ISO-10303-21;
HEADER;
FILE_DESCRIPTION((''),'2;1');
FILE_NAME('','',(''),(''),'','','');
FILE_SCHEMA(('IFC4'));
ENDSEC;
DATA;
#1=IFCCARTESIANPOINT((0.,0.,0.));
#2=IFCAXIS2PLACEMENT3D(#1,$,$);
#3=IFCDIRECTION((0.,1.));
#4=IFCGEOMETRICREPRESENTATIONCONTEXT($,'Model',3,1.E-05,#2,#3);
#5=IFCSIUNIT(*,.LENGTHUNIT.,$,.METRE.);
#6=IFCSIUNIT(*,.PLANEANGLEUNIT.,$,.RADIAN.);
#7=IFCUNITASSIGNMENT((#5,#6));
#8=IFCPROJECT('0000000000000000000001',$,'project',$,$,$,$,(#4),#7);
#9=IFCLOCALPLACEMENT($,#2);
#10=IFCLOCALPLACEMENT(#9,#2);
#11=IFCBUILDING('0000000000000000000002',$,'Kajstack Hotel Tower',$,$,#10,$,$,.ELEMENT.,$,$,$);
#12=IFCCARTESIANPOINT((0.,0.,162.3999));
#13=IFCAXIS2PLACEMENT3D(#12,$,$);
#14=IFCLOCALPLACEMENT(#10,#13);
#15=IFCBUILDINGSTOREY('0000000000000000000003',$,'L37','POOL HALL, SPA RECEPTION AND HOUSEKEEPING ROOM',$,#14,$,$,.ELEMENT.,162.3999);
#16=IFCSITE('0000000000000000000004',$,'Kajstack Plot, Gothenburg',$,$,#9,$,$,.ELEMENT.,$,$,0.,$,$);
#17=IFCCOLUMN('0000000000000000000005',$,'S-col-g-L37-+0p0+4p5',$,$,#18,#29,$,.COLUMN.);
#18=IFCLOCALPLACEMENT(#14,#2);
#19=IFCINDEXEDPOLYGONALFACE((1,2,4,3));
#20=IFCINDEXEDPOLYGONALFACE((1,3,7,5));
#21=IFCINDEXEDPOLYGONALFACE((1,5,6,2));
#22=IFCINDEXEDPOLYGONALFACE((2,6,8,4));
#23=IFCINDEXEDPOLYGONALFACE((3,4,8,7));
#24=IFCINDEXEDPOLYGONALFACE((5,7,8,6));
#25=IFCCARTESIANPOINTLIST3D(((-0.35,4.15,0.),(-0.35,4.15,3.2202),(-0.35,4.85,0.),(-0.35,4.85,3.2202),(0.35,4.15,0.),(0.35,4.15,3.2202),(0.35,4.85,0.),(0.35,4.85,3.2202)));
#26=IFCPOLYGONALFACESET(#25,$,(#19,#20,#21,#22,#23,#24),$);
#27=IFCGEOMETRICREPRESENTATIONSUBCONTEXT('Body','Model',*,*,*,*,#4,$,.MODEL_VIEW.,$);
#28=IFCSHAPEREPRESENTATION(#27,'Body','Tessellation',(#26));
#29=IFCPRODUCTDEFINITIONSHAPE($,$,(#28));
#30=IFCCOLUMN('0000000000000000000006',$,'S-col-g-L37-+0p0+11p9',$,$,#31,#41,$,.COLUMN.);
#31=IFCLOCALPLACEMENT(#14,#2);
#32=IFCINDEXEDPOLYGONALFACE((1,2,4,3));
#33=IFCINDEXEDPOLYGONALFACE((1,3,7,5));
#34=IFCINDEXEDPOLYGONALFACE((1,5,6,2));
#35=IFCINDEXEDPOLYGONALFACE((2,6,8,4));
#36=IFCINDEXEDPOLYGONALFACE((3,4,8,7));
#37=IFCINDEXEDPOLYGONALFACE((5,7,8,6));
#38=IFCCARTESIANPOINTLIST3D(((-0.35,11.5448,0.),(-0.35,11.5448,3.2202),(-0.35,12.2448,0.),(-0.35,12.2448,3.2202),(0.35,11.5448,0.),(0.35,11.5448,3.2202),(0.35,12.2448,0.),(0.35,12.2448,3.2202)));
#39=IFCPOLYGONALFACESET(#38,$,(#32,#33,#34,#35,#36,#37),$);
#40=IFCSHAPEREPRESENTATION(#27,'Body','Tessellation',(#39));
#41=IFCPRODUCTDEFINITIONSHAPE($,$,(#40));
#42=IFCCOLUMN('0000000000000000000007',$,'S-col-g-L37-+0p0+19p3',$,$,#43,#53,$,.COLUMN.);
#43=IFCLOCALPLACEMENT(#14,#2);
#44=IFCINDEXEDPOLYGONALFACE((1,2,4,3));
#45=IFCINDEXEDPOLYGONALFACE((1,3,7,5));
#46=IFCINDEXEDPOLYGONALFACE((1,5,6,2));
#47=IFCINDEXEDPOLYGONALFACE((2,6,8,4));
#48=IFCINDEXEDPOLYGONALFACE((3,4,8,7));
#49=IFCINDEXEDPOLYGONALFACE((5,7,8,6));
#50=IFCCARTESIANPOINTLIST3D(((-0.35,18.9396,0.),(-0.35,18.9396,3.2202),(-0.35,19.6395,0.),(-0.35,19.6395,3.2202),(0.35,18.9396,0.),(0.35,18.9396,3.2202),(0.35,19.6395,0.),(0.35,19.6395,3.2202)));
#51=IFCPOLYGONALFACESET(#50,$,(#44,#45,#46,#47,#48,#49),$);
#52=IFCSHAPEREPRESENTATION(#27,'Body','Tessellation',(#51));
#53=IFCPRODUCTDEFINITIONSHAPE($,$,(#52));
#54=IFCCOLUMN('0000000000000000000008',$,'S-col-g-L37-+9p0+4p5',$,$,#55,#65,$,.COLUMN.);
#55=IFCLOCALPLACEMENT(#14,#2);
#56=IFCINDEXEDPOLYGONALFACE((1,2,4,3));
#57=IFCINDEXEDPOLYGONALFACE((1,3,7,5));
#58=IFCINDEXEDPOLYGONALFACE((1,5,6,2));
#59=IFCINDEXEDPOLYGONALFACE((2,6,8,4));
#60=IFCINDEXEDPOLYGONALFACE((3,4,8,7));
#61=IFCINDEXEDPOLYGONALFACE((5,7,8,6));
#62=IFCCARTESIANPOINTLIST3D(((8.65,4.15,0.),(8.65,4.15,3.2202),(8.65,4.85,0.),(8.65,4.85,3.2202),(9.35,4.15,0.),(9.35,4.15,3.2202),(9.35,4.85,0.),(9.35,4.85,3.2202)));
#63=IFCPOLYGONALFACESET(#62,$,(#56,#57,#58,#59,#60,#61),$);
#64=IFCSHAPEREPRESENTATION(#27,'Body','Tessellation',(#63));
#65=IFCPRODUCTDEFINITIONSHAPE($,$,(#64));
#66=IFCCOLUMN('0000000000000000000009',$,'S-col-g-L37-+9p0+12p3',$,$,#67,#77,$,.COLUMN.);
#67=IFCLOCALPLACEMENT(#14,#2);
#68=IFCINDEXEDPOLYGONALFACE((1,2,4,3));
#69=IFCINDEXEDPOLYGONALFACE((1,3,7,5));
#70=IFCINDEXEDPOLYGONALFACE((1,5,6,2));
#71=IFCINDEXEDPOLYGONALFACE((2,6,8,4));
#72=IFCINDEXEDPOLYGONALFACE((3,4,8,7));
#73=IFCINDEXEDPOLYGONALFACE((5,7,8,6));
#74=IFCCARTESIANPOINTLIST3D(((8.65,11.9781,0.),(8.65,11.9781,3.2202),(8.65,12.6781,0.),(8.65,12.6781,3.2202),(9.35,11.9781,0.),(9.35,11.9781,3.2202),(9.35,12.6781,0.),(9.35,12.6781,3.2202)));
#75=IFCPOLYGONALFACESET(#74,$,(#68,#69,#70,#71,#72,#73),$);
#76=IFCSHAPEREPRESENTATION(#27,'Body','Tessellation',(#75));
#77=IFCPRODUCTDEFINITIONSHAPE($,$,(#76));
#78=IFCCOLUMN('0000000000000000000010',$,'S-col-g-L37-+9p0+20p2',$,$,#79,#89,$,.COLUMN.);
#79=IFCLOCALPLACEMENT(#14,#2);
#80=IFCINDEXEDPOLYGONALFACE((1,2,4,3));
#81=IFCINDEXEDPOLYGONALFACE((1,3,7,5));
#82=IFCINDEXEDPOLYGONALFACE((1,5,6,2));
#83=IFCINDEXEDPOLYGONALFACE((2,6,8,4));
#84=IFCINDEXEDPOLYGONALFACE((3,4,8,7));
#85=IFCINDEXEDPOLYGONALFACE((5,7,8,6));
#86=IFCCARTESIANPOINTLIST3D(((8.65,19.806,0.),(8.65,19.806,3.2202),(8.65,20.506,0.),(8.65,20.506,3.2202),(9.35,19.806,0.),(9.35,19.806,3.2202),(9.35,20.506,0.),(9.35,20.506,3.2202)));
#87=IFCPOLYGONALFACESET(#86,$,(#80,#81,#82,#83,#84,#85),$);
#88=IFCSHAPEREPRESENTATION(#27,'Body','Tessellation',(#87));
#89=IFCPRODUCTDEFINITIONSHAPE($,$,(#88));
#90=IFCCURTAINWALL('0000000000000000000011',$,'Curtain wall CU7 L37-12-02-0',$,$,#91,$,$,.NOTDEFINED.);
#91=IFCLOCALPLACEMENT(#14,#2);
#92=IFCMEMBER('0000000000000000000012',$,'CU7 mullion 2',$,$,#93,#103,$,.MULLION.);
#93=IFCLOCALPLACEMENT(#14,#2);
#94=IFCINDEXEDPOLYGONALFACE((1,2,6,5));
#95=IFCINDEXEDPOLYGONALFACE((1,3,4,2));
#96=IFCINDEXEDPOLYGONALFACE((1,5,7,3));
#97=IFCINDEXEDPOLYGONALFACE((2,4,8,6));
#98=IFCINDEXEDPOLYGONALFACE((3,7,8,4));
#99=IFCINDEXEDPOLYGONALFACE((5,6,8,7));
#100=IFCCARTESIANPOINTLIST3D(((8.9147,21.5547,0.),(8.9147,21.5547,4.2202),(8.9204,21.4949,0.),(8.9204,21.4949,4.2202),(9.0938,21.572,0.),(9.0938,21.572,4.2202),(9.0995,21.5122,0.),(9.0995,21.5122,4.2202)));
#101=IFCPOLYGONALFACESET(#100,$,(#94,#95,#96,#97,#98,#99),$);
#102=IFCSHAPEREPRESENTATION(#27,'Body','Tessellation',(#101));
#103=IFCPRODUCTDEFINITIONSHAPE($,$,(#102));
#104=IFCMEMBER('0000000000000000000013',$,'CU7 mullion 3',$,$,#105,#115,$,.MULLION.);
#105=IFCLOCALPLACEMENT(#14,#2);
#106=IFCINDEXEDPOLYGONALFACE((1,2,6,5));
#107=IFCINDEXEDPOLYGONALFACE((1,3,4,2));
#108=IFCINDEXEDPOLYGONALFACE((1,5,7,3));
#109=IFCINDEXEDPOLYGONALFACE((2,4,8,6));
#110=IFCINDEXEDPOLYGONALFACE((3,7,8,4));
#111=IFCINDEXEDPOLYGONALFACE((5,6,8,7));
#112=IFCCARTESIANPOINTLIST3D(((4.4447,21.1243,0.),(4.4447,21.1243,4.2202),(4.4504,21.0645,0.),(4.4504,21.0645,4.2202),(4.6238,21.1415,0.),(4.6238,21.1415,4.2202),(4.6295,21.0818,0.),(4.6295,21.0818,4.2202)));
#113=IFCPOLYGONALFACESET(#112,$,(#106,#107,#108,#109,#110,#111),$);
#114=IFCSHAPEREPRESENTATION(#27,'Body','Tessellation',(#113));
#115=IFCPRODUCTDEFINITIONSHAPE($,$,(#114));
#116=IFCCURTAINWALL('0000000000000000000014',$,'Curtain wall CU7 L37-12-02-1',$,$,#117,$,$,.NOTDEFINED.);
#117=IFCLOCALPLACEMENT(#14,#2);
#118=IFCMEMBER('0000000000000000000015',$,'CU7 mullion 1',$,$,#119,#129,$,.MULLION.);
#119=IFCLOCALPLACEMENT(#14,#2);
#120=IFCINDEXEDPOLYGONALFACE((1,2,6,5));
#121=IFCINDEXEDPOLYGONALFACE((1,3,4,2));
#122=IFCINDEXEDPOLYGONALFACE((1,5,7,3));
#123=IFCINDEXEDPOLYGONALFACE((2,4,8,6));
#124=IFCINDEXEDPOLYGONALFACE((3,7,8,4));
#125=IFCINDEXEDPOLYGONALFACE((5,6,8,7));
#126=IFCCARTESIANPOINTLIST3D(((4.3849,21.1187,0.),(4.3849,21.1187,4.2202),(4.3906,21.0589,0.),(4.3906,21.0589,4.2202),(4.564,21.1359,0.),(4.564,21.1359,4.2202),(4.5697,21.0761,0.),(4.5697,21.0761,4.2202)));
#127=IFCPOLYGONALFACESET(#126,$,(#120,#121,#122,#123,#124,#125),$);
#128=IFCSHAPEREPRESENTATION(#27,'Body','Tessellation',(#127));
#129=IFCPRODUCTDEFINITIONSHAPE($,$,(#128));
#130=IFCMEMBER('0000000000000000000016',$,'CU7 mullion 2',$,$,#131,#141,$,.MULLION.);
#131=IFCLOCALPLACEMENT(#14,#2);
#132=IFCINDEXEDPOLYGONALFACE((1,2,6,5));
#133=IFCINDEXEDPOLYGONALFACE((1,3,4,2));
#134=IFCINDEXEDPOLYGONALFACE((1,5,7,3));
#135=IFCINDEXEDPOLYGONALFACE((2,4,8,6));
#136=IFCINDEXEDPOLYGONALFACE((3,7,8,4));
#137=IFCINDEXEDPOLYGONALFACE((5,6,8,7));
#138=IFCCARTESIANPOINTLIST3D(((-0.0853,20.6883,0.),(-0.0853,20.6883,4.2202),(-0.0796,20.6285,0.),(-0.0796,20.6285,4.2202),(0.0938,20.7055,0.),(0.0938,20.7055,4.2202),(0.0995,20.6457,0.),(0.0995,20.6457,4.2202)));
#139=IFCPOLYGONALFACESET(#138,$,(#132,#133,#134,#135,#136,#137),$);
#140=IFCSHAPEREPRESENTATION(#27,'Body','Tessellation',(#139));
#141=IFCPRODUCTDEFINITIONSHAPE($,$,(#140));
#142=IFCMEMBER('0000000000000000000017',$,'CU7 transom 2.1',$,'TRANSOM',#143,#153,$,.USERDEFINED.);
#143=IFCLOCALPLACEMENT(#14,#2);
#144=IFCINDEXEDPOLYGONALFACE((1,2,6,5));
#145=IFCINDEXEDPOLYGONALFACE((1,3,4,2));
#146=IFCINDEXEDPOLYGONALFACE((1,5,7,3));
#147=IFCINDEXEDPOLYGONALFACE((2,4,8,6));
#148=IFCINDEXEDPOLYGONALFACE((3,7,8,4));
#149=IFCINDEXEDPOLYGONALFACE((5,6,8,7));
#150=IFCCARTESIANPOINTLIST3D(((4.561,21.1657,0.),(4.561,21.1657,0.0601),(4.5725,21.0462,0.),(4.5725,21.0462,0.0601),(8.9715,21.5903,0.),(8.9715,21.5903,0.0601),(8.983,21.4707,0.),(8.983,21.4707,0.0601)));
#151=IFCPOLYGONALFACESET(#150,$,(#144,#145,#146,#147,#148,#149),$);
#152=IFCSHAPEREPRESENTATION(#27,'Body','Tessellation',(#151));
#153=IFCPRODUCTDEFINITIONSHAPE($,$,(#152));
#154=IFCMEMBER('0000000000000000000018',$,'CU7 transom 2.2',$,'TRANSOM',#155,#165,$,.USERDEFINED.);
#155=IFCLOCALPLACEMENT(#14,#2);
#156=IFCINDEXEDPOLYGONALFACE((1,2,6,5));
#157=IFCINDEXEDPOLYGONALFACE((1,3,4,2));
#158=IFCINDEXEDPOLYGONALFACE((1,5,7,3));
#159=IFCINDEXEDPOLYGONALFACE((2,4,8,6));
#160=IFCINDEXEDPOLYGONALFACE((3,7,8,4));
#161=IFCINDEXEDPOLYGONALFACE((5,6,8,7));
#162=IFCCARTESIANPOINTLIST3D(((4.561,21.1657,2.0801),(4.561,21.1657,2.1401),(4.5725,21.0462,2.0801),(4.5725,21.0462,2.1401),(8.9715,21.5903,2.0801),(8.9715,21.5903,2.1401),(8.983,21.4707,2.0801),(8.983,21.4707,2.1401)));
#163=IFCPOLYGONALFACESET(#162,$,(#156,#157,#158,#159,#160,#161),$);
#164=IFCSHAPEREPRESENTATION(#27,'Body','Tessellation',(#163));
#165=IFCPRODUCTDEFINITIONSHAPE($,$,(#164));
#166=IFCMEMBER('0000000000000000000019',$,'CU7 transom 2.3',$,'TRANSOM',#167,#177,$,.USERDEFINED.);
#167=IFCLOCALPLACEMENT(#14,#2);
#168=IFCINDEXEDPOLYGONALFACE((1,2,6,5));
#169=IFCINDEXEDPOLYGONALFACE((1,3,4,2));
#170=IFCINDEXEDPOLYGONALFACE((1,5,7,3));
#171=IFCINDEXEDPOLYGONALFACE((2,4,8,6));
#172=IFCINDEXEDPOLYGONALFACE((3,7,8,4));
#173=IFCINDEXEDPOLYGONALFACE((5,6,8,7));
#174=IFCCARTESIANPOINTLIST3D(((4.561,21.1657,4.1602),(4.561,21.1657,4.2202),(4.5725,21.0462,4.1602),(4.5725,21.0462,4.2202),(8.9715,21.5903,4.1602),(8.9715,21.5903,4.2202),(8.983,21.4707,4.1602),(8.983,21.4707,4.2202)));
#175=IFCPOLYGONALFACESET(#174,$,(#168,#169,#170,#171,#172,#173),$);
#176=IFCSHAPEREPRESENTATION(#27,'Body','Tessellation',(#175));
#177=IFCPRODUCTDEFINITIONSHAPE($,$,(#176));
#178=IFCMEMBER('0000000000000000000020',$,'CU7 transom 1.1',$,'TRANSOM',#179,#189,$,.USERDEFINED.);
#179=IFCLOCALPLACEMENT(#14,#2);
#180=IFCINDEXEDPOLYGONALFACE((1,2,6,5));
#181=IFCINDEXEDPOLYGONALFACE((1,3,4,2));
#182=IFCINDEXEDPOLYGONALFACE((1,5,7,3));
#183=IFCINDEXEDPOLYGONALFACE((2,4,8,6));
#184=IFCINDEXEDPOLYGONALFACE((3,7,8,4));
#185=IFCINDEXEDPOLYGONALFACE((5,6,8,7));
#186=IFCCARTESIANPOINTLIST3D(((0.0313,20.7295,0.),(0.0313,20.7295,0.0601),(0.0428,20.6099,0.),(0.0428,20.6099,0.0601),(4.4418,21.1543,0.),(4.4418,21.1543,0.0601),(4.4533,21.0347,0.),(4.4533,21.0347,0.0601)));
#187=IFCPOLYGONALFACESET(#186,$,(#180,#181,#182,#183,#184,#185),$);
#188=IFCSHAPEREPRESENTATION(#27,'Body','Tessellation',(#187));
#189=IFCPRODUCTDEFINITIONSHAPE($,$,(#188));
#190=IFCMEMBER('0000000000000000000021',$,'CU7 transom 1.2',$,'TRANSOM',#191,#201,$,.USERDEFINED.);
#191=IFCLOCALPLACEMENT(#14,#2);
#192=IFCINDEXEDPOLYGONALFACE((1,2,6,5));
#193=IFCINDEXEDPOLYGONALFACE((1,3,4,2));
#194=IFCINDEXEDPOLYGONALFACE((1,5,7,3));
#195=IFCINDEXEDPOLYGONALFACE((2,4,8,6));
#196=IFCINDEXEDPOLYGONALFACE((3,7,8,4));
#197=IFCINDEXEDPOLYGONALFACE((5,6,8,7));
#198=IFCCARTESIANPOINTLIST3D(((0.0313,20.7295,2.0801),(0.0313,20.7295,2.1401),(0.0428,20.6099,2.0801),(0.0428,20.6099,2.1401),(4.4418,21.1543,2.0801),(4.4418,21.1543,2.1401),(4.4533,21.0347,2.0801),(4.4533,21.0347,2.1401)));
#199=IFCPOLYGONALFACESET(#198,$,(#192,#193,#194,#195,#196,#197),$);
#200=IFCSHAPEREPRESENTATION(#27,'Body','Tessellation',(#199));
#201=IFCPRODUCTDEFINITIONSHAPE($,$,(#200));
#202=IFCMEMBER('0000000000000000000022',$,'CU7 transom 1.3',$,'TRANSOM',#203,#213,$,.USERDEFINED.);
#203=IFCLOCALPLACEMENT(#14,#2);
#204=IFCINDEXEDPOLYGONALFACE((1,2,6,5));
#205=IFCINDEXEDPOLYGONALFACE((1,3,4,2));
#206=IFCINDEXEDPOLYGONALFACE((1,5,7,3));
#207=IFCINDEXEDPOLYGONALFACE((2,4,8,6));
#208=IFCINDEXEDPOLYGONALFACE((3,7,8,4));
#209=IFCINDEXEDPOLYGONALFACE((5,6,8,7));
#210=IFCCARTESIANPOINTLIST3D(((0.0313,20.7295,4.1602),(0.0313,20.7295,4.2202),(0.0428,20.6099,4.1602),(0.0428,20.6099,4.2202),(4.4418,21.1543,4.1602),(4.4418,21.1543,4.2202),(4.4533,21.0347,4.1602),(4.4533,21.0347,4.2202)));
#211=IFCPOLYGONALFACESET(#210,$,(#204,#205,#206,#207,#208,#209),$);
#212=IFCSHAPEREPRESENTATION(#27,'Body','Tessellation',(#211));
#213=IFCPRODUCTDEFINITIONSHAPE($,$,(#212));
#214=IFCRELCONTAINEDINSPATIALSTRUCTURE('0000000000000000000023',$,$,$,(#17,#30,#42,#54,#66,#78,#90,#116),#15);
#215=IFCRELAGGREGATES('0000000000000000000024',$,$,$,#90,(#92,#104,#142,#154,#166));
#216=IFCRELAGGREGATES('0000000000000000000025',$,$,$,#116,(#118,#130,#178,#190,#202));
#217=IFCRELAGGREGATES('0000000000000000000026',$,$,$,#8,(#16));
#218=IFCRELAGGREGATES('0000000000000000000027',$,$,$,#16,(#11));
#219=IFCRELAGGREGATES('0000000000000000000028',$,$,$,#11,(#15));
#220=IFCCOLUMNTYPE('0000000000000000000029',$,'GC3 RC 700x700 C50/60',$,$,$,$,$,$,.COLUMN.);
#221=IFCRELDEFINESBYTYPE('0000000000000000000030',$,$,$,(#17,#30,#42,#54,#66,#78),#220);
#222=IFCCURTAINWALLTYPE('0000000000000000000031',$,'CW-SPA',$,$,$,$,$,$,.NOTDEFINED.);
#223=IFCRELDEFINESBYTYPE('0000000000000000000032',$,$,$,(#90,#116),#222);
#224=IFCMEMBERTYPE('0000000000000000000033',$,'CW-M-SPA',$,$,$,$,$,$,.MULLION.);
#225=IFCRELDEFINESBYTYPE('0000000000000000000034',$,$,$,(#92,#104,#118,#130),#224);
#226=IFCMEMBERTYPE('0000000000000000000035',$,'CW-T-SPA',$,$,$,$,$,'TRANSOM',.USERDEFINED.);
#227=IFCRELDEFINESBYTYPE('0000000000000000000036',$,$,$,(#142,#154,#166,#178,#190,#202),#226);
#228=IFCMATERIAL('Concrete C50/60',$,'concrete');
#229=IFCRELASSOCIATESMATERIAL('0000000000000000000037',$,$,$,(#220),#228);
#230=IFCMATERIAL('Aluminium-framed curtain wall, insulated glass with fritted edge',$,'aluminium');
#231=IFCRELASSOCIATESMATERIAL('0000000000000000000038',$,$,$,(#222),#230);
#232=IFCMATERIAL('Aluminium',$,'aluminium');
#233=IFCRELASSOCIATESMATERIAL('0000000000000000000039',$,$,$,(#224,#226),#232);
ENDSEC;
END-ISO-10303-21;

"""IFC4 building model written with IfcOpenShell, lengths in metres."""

from ifc_helpers import new_model, si_unit, direction, frame, origin, origin_2d, place, context, subcontext, project, spatial, rectangle, extrude, material, material_profile, profile_set, type_object, element, aggregate, save


model = new_model("IFC4")

# Units and contexts
model_context = context("Model", 3, precision=1e-05, world=origin(), true_north=direction((0.0, 1.0)))
body_context = subcontext(model_context, "Body", "Model", "MODEL_VIEW")
ifc_project = project(units=[si_unit("LENGTHUNIT", "METRE"), si_unit("PLANEANGLEUNIT", "RADIAN")], contexts=[model_context])

# Site, building, storey
site_placement = place(None, origin())
site = spatial("IfcSite", under=ifc_project, at=site_placement, Name="Kajstack Plot, Gothenburg", CompositionType="ELEMENT", RefElevation=0.0)
building_placement = place(site_placement, origin())
building = spatial("IfcBuilding", under=site, at=building_placement, Name="Kajstack Hotel Tower", CompositionType="ELEMENT")
storey_placement = place(building_placement, frame((0.0, 0.0, 162.3999)))
storey = spatial("IfcBuildingStorey", under=building, at=storey_placement, Name="L37", Description="POOL HALL, SPA RECEPTION AND HOUSEKEEPING ROOM", CompositionType="ELEMENT", Elevation=162.3999)

# Columns
ifc_material_1 = material(Name="Concrete C50/60", Category="concrete")
ifc_material_profile_1 = material_profile(ifc_material_1, rectangle(XDim=0.7, YDim=0.7, at=origin_2d()), Name="RC 700x700")
ifc_profile_set_1 = profile_set([ifc_material_profile_1], Name="Concrete C50/60")
column_type = type_object("IfcColumnType", Name="GC3 RC 700x700 C50/60", PredefinedType="COLUMN", material=ifc_profile_set_1)
for number, where, z_axis, x_axis, name in (
    (1, (0.0, 4.5, 0.0), (0.0, 0.0, 1.0), (1.0, 0.0, 0.0), "S-col-g-L37-+0p0+4p5"),
    (2, (0.0, 11.8948, 0.0), (0.0, 0.0, 1.0), (1.0, 0.0, 0.0), "S-col-g-L37-+0p0+11p9"),
    (3, (0.0, 19.2896, 0.0), (0.0, 0.0, 1.0), (1.0, 0.0, 0.0), "S-col-g-L37-+0p0+19p3"),
    (4, (9.0, 4.5, 0.0), (0.0, 0.0, 1.0), (1.0, 0.0, 0.0), "S-col-g-L37-+9p0+4p5"),
    (5, (9.0, 12.3281, 0.0), (0.0, 0.0, 1.0), (1.0, 0.0, 0.0), "S-col-g-L37-+9p0+12p3"),
    (6, (9.0, 20.156, 0.0), (0.0, 0.0, 1.0), (1.0, 0.0, 0.0), "S-col-g-L37-+9p0+20p2"),
):
    element("IfcColumn", number, at=place(storey_placement, frame(where, z_axis=z_axis, x_axis=x_axis)), inside=storey, type_object=column_type, Name=name, PredefinedType="COLUMN", context=body_context, shape_type="SweptSolid", body=[
        extrude(rectangle(XDim=0.7, YDim=0.7, at=origin_2d()), origin(), (0.0, 0.0, 1.0), 3.2202),
    ])

# Curtain walls, members
ifc_material_2 = material(Name="Aluminium-framed curtain wall, insulated glass with fritted edge", Category="aluminium")
curtain_wall_type = type_object("IfcCurtainWallType", Name="CW-SPA", PredefinedType="NOTDEFINED", material=ifc_material_2)
curtain_wall_1_placement = place(storey_placement, origin())
curtain_wall_1 = element("IfcCurtainWall", 7, at=curtain_wall_1_placement, inside=storey, type_object=curtain_wall_type, Name="Curtain wall CU7 L37-12-02-0", PredefinedType="NOTDEFINED")
ifc_material_3 = material(Name="Aluminium", Category="aluminium")
ifc_material_profile_2 = material_profile(ifc_material_3, rectangle(XDim=0.0601, YDim=0.1799, at=origin_2d()), Name="Aluminium mullion 60 x 180")
ifc_profile_set_2 = profile_set([ifc_material_profile_2], Name="Aluminium")
member_type_1 = type_object("IfcMemberType", Name="CW-M-SPA", PredefinedType="MULLION", material=ifc_profile_set_2)
member_1_placement = place(storey_placement, frame((9.0071, 21.5334, 0.0), z_axis=(0.0, 0.0, 1.0), x_axis=(0.095845, -0.995396, 0.0)))
member_1 = element("IfcMember", 8, at=member_1_placement, type_object=member_type_1, Name="CU7 mullion 2", PredefinedType="MULLION", context=body_context, shape_type="SweptSolid", body=[
    extrude(rectangle(XDim=0.0601, YDim=0.1799, at=origin_2d()), origin(), (0.0, 0.0, 1.0), 4.2202),
])
member_2_placement = place(storey_placement, frame((4.5371, 21.103, 0.0), z_axis=(0.0, 0.0, 1.0), x_axis=(0.095845, -0.995396, 0.0)))
member_2 = element("IfcMember", 9, at=member_2_placement, type_object=member_type_1, Name="CU7 mullion 3", PredefinedType="MULLION", context=body_context, shape_type="SweptSolid", body=[
    extrude(rectangle(XDim=0.0601, YDim=0.1799, at=origin_2d()), origin(), (0.0, 0.0, 1.0), 4.2202),
])
curtain_wall_2_placement = place(storey_placement, origin())
curtain_wall_2 = element("IfcCurtainWall", 10, at=curtain_wall_2_placement, inside=storey, type_object=curtain_wall_type, Name="Curtain wall CU7 L37-12-02-1", PredefinedType="NOTDEFINED")
member_3_placement = place(storey_placement, frame((4.4773, 21.0974, 0.0), z_axis=(0.0, 0.0, 1.0), x_axis=(0.095845, -0.995396, 0.0)))
member_3 = element("IfcMember", 11, at=member_3_placement, type_object=member_type_1, Name="CU7 mullion 1", PredefinedType="MULLION", context=body_context, shape_type="SweptSolid", body=[
    extrude(rectangle(XDim=0.0601, YDim=0.1799, at=origin_2d()), origin(), (0.0, 0.0, 1.0), 4.2202),
])
member_4_placement = place(storey_placement, frame((0.0071, 20.667, 0.0), z_axis=(0.0, 0.0, 1.0), x_axis=(0.095845, -0.995396, 0.0)))
member_4 = element("IfcMember", 12, at=member_4_placement, type_object=member_type_1, Name="CU7 mullion 2", PredefinedType="MULLION", context=body_context, shape_type="SweptSolid", body=[
    extrude(rectangle(XDim=0.0601, YDim=0.1799, at=origin_2d()), origin(), (0.0, 0.0, 1.0), 4.2202),
])

# Members
ifc_material_profile_3 = material_profile(ifc_material_3, rectangle(XDim=0.1201, YDim=0.0601, at=origin_2d()), Name="Aluminium transom 120 x 60")
ifc_profile_set_3 = profile_set([ifc_material_profile_3], Name="Aluminium")
member_type_2 = type_object("IfcMemberType", Name="CW-T-SPA", ElementType="TRANSOM", PredefinedType="USERDEFINED", material=ifc_profile_set_3)
member_5_placement = place(storey_placement, frame((8.9773, 21.5305, 0.03), z_axis=(-0.995399, -0.095821, 0.0), x_axis=(0.095821, -0.995399, 0.0)))
member_5 = element("IfcMember", 13, at=member_5_placement, type_object=member_type_2, Name="CU7 transom 2.1", ObjectType="TRANSOM", PredefinedType="USERDEFINED", context=body_context, shape_type="SweptSolid", body=[
    extrude(rectangle(XDim=0.1201, YDim=0.0601, at=origin_2d()), origin(), (0.0, 0.0, 1.0), 4.4309),
])
member_6_placement = place(storey_placement, frame((8.9773, 21.5305, 2.1101), z_axis=(-0.995399, -0.095821, 0.0), x_axis=(0.095821, -0.995399, 0.0)))
member_6 = element("IfcMember", 14, at=member_6_placement, type_object=member_type_2, Name="CU7 transom 2.2", ObjectType="TRANSOM", PredefinedType="USERDEFINED", context=body_context, shape_type="SweptSolid", body=[
    extrude(rectangle(XDim=0.1201, YDim=0.0601, at=origin_2d()), origin(), (0.0, 0.0, 1.0), 4.4309),
])
member_7_placement = place(storey_placement, frame((8.9773, 21.5305, 4.1902), z_axis=(-0.995399, -0.095821, 0.0), x_axis=(0.095821, -0.995399, 0.0)))
member_7 = element("IfcMember", 15, at=member_7_placement, type_object=member_type_2, Name="CU7 transom 2.3", ObjectType="TRANSOM", PredefinedType="USERDEFINED", context=body_context, shape_type="SweptSolid", body=[
    extrude(rectangle(XDim=0.1201, YDim=0.0601, at=origin_2d()), origin(), (0.0, 0.0, 1.0), 4.4309),
])
member_8_placement = place(storey_placement, frame((4.4475, 21.0945, 0.03), z_axis=(-0.995393, -0.095875, 0.0), x_axis=(0.095875, -0.995393, 0.0)))
member_8 = element("IfcMember", 16, at=member_8_placement, type_object=member_type_2, Name="CU7 transom 1.1", ObjectType="TRANSOM", PredefinedType="USERDEFINED", context=body_context, shape_type="SweptSolid", body=[
    extrude(rectangle(XDim=0.1201, YDim=0.0601, at=origin_2d()), origin(), (0.0, 0.0, 1.0), 4.4309),
])
member_9_placement = place(storey_placement, frame((4.4475, 21.0945, 2.1101), z_axis=(-0.995393, -0.095875, 0.0), x_axis=(0.095875, -0.995393, 0.0)))
member_9 = element("IfcMember", 17, at=member_9_placement, type_object=member_type_2, Name="CU7 transom 1.2", ObjectType="TRANSOM", PredefinedType="USERDEFINED", context=body_context, shape_type="SweptSolid", body=[
    extrude(rectangle(XDim=0.1201, YDim=0.0601, at=origin_2d()), origin(), (0.0, 0.0, 1.0), 4.4309),
])
member_10_placement = place(storey_placement, frame((4.4475, 21.0945, 4.1902), z_axis=(-0.995393, -0.095875, 0.0), x_axis=(0.095875, -0.995393, 0.0)))
member_10 = element("IfcMember", 18, at=member_10_placement, type_object=member_type_2, Name="CU7 transom 1.3", ObjectType="TRANSOM", PredefinedType="USERDEFINED", context=body_context, shape_type="SweptSolid", body=[
    extrude(rectangle(XDim=0.1201, YDim=0.0601, at=origin_2d()), origin(), (0.0, 0.0, 1.0), 4.4309),
])

aggregate(curtain_wall_1, [member_1, member_2, member_5, member_6, member_7])
aggregate(curtain_wall_2, [member_3, member_4, member_8, member_9, member_10])

save(model, "model.ifc")
